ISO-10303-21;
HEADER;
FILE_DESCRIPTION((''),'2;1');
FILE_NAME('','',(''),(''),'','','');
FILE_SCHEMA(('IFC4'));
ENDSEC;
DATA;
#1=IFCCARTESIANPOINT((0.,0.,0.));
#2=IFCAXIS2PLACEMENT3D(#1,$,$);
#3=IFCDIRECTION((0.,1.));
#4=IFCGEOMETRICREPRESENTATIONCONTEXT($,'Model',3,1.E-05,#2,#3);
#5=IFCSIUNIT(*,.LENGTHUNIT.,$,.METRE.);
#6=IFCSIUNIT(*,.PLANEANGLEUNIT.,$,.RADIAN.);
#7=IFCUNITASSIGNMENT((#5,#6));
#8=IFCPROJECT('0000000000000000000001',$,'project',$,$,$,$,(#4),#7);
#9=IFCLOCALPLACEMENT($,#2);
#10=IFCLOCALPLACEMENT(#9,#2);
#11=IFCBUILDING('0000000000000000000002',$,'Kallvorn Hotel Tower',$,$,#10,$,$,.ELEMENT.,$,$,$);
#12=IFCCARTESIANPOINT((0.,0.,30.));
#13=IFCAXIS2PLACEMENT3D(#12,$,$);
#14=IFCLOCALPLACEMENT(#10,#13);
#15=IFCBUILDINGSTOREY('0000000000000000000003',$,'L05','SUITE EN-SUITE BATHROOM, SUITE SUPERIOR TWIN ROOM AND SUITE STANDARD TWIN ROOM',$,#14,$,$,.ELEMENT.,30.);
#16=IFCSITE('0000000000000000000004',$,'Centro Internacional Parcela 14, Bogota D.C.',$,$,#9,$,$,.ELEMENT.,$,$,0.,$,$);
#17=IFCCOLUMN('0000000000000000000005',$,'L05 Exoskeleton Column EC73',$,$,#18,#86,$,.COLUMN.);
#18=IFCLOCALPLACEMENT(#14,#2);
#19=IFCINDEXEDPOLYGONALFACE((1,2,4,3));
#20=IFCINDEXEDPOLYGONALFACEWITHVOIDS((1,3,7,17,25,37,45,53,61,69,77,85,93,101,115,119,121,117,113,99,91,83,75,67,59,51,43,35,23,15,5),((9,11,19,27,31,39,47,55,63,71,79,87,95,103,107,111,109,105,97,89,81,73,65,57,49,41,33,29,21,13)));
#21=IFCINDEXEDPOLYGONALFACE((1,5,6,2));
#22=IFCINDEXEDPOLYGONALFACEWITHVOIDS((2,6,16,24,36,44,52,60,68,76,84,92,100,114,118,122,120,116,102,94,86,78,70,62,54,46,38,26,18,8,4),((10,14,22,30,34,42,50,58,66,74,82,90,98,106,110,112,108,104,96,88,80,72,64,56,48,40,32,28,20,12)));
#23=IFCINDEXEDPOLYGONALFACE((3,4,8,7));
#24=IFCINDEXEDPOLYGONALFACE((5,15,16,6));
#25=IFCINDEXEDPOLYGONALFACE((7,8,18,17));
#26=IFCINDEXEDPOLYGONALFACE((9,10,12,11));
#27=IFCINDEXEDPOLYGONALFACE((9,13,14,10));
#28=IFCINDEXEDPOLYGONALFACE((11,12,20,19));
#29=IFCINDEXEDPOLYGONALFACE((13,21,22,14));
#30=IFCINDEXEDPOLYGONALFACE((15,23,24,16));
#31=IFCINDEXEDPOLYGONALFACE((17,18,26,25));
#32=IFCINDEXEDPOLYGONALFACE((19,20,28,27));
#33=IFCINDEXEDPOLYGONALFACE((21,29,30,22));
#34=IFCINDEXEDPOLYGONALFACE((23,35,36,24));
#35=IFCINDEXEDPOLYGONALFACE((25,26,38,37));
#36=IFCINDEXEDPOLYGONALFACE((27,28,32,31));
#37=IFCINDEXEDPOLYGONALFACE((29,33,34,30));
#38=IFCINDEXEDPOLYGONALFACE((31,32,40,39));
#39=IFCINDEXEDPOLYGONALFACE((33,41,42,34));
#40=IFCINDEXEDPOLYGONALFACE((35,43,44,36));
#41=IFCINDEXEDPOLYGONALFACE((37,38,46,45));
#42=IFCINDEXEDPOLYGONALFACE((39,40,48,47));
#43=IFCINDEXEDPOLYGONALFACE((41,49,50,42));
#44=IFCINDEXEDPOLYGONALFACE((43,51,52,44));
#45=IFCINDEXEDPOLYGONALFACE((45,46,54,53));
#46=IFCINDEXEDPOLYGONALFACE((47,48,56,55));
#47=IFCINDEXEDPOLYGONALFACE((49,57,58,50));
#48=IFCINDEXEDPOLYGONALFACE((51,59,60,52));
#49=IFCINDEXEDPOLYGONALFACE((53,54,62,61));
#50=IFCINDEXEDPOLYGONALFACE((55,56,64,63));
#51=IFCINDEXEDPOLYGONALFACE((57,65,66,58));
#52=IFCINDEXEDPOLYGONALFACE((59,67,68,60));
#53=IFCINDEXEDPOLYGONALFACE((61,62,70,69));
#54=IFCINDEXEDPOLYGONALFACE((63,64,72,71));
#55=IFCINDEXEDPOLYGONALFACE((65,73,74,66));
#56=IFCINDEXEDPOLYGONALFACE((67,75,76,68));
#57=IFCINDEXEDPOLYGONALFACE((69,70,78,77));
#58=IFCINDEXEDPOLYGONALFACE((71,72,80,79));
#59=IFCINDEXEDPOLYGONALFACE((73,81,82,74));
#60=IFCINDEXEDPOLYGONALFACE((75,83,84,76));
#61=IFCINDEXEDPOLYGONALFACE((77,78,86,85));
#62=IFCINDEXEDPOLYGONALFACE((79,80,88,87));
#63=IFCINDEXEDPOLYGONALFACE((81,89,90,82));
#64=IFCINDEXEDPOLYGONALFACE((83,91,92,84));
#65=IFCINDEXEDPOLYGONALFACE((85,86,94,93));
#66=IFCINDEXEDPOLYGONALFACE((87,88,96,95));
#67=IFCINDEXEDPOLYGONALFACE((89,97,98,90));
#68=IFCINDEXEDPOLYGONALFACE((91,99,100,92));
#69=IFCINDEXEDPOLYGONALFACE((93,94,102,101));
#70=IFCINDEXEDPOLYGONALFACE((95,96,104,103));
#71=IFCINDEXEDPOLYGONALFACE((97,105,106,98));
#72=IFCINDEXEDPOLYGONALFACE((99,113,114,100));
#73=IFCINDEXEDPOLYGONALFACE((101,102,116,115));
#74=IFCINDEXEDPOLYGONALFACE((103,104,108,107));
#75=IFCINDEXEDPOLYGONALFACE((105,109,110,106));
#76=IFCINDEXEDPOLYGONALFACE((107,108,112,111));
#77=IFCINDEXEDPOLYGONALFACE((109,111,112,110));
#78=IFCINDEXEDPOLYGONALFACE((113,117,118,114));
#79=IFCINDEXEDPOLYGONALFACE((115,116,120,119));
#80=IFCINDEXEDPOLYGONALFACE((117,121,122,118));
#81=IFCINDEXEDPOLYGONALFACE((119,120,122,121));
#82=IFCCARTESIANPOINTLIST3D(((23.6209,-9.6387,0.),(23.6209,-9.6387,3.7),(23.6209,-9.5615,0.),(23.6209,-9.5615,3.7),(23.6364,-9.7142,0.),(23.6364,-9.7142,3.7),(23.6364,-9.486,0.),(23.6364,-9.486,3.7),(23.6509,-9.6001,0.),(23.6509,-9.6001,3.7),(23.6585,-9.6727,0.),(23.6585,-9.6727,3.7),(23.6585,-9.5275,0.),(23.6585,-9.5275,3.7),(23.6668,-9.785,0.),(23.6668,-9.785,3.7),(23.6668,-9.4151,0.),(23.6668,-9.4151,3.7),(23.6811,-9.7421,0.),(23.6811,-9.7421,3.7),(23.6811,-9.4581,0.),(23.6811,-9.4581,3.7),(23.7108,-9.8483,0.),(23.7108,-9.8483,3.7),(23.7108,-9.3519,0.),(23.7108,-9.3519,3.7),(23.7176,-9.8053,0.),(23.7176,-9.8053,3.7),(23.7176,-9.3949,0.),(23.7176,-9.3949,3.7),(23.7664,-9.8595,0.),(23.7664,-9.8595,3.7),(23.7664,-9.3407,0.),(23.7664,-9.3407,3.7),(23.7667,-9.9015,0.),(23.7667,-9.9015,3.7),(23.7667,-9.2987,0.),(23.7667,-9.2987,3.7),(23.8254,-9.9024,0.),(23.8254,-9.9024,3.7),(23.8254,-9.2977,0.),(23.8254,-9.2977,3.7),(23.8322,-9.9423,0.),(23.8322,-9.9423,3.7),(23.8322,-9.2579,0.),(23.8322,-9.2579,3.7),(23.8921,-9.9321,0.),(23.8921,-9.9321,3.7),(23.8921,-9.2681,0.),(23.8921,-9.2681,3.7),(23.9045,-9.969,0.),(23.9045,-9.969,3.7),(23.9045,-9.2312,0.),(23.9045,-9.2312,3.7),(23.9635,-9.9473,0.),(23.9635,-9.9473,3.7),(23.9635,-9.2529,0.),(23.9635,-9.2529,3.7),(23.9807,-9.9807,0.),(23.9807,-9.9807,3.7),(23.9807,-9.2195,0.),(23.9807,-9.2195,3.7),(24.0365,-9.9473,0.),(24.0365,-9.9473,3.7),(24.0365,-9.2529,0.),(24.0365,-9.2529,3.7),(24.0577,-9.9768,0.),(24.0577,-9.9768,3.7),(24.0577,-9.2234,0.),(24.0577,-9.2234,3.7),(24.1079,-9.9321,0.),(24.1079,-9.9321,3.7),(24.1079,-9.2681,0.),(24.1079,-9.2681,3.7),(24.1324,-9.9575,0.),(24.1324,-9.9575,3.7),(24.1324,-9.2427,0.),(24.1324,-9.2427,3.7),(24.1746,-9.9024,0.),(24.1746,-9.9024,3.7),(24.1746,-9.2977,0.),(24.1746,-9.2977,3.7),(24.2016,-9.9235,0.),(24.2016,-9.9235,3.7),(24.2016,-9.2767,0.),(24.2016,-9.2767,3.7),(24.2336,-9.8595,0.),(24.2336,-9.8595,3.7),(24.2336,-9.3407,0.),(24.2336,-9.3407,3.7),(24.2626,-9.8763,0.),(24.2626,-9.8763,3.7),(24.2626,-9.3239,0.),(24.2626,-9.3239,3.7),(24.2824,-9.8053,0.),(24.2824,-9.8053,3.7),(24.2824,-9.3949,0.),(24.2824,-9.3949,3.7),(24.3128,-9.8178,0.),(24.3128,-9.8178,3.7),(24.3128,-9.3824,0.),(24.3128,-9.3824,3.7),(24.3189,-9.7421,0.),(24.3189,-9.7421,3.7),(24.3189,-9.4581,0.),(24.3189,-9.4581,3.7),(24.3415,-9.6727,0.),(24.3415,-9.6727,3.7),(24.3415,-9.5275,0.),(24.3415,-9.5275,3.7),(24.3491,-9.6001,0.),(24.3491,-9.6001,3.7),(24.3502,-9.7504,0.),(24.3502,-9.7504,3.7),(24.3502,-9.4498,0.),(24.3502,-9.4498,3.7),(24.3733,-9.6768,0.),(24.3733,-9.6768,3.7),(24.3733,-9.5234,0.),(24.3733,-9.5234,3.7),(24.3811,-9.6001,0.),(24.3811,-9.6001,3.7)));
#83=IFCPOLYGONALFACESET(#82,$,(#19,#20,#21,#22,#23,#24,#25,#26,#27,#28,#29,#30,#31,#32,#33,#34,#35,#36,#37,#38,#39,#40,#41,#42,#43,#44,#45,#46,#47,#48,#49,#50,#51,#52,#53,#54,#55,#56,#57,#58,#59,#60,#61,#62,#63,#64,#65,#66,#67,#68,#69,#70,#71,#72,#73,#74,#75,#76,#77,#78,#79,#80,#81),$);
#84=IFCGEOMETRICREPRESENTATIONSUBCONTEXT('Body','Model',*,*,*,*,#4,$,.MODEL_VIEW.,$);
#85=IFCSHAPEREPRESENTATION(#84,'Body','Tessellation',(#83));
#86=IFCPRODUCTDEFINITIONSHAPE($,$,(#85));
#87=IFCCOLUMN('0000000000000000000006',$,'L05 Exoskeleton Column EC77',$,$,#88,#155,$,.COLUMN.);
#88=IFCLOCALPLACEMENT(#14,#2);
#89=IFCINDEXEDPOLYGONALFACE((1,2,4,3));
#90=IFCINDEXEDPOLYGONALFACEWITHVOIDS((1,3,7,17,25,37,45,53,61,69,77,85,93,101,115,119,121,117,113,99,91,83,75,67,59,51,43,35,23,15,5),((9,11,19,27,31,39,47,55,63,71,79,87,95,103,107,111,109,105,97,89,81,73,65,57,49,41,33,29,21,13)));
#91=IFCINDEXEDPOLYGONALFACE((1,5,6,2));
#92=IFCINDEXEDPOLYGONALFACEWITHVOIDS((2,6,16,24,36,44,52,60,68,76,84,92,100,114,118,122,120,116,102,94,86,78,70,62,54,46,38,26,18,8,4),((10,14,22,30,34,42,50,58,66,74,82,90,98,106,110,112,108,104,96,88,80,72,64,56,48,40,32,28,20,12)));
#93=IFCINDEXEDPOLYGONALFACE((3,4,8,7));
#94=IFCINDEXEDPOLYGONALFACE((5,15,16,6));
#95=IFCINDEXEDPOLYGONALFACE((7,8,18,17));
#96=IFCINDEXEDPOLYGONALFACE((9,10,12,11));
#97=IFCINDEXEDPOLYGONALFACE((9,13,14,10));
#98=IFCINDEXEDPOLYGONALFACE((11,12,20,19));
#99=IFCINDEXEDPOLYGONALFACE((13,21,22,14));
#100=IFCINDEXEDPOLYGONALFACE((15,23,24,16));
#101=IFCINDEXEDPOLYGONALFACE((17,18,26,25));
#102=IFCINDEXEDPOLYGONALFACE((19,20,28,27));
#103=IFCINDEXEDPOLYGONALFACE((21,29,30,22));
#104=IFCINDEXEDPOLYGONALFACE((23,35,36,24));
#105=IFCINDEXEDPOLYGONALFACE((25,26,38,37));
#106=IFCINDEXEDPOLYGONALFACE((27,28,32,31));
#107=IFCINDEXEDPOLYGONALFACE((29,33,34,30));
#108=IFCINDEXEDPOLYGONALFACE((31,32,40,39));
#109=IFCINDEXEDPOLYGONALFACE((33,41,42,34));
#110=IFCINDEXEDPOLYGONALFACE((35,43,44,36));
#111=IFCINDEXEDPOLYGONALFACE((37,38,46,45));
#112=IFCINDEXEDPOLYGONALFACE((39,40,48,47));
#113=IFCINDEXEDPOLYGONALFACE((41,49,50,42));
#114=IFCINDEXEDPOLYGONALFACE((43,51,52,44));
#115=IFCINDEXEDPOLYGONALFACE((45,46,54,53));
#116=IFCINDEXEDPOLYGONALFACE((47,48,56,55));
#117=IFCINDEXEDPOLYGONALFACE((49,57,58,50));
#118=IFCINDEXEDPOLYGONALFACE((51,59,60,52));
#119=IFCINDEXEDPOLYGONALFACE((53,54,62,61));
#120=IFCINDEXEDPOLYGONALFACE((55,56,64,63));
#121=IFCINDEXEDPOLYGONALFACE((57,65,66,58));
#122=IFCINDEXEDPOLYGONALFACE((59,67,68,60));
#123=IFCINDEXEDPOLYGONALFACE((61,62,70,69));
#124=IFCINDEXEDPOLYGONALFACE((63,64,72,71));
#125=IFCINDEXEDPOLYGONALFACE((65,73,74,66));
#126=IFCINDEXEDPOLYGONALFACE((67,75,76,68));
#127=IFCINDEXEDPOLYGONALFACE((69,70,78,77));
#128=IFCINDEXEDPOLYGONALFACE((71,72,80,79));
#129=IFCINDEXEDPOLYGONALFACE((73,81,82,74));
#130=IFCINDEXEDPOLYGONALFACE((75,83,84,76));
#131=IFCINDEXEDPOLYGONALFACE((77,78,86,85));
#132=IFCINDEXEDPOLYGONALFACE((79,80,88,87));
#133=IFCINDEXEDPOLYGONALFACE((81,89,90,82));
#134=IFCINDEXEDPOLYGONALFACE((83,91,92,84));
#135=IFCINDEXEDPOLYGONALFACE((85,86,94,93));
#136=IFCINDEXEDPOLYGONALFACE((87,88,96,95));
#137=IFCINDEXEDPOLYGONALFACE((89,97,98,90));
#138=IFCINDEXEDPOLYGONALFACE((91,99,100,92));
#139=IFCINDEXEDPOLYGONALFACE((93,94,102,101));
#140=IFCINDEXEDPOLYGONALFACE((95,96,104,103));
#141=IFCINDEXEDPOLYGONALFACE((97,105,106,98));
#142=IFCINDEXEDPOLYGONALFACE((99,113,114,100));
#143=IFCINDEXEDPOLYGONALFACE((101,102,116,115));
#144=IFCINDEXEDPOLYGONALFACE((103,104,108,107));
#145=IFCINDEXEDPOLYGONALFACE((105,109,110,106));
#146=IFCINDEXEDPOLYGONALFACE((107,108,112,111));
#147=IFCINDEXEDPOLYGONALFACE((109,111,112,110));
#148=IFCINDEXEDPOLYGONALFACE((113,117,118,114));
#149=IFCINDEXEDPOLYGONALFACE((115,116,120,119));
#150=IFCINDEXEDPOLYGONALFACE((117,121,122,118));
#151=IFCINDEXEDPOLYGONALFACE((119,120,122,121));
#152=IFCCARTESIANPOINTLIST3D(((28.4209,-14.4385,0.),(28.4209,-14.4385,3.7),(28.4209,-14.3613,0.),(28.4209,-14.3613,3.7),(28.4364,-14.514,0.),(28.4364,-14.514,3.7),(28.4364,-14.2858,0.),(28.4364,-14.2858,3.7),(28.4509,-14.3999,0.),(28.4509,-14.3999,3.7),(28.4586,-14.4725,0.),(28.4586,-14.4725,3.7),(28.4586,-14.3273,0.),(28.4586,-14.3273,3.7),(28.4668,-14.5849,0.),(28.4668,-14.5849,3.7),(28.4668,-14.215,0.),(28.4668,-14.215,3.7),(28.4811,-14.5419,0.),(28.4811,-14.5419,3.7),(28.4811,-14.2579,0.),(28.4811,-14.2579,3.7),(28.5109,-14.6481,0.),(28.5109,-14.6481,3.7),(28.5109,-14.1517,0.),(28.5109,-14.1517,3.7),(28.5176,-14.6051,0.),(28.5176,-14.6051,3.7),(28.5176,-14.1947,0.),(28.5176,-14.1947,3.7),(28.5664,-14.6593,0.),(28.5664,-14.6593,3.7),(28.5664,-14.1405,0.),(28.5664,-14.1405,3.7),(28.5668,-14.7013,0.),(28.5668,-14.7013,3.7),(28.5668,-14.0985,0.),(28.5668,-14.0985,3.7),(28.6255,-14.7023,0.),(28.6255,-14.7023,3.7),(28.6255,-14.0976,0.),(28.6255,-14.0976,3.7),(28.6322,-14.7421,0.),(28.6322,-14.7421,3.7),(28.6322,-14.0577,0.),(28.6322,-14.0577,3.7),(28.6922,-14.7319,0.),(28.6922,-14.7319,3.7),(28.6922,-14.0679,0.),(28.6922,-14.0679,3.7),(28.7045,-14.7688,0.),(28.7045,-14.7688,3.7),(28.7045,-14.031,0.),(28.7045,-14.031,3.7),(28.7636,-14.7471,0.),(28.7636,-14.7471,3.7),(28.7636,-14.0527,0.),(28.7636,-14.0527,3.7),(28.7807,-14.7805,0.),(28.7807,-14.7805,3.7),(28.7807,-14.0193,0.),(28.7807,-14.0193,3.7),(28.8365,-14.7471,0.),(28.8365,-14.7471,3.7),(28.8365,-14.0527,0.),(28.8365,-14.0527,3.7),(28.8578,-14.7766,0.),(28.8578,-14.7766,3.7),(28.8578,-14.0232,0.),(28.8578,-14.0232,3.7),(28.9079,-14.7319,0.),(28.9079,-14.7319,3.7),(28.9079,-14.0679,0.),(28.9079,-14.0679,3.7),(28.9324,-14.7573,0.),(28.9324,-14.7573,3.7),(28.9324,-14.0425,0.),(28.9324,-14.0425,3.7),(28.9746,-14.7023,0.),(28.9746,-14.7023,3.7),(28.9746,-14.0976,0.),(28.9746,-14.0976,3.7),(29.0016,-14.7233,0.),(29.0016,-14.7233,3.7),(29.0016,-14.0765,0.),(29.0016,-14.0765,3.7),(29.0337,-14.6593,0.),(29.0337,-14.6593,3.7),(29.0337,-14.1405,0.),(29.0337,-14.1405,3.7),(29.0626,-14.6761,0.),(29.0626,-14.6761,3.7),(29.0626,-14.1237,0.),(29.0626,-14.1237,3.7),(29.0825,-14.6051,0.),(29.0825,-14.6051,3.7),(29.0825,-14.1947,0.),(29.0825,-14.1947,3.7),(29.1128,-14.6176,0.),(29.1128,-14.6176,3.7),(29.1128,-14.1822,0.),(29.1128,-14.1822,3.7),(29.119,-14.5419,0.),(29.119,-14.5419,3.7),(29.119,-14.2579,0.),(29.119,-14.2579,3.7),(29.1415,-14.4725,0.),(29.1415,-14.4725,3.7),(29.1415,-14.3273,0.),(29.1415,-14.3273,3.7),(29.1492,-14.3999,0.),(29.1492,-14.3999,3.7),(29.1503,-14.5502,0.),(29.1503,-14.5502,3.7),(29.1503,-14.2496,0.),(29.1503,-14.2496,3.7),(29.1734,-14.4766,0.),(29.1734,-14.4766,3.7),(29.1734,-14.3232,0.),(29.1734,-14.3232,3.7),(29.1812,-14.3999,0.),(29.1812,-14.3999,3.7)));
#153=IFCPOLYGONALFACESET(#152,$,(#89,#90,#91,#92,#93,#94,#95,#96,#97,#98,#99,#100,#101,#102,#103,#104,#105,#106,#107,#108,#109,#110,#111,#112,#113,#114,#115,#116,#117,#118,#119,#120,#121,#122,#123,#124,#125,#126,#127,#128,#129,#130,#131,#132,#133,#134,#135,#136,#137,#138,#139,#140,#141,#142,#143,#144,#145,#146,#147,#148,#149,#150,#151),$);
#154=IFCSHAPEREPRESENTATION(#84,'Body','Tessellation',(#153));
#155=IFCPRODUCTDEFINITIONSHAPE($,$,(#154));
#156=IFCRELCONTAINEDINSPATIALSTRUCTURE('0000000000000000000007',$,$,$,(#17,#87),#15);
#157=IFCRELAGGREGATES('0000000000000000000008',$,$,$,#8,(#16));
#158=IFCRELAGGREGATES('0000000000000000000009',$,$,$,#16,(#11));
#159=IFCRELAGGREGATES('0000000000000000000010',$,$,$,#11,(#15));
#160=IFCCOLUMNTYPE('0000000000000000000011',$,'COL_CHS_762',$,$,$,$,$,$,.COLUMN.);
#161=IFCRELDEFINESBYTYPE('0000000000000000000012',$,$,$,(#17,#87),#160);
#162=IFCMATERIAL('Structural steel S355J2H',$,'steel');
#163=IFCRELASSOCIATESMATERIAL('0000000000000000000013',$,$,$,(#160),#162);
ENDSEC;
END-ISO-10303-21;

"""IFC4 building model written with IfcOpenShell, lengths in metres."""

from ifc_helpers import new_model, si_unit, direction, frame, origin, origin_2d, place, context, subcontext, project, spatial, hollow_circle, extrude, material, material_profile, profile_set, type_object, element, save


model = new_model("IFC4")

# Units and contexts
model_context = context("Model", 3, precision=1e-05, world=origin(), true_north=direction((0.0, 1.0)))
body_context = subcontext(model_context, "Body", "Model", "MODEL_VIEW")
ifc_project = project(units=[si_unit("LENGTHUNIT", "METRE"), si_unit("PLANEANGLEUNIT", "RADIAN")], contexts=[model_context])

# Site, building, storey
site_placement = place(None, origin())
site = spatial("IfcSite", under=ifc_project, at=site_placement, Name="Centro Internacional Parcela 14, Bogota D.C.", CompositionType="ELEMENT", RefElevation=0.0)
building_placement = place(site_placement, origin())
building = spatial("IfcBuilding", under=site, at=building_placement, Name="Kallvorn Hotel Tower", CompositionType="ELEMENT")
storey_placement = place(building_placement, frame((0.0, 0.0, 30.0)))
storey = spatial("IfcBuildingStorey", under=building, at=storey_placement, Name="L05", Description="SUITE EN-SUITE BATHROOM, SUITE SUPERIOR TWIN ROOM AND SUITE STANDARD TWIN ROOM", CompositionType="ELEMENT", Elevation=30.0)

# Columns
ifc_material_1 = material(Name="Structural steel S355J2H", Category="steel")
ifc_material_profile_1 = material_profile(ifc_material_1, hollow_circle(Radius=0.3811, WallThickness=0.032, at=origin_2d()), Name="CHS 762x32")
ifc_profile_set_1 = profile_set([ifc_material_profile_1], Name="Structural steel S355J2H")
column_type_1 = type_object("IfcColumnType", Name="COL_CHS_762", PredefinedType="COLUMN", material=ifc_profile_set_1)
for number, where, z_axis, x_axis, name in (
    (1, (24.0, -9.6001, 0.0), (0.0, 0.0, 1.0), (1.0, 0.0, 0.0), "L05 Exoskeleton Column EC73"),
    (2, (28.8, -14.3999, 0.0), (0.0, 0.0, 1.0), (1.0, 0.0, 0.0), "L05 Exoskeleton Column EC77"),
):
    element("IfcColumn", number, at=place(storey_placement, frame(where, z_axis=z_axis, x_axis=x_axis)), inside=storey, type_object=column_type_1, Name=name, PredefinedType="COLUMN", context=body_context, shape_type="SweptSolid", body=[
        extrude(hollow_circle(Radius=0.3811, WallThickness=0.032, at=origin_2d()), origin(), (0.0, 0.0, 1.0), 3.7),
    ])

save(model, "model.ifc")
